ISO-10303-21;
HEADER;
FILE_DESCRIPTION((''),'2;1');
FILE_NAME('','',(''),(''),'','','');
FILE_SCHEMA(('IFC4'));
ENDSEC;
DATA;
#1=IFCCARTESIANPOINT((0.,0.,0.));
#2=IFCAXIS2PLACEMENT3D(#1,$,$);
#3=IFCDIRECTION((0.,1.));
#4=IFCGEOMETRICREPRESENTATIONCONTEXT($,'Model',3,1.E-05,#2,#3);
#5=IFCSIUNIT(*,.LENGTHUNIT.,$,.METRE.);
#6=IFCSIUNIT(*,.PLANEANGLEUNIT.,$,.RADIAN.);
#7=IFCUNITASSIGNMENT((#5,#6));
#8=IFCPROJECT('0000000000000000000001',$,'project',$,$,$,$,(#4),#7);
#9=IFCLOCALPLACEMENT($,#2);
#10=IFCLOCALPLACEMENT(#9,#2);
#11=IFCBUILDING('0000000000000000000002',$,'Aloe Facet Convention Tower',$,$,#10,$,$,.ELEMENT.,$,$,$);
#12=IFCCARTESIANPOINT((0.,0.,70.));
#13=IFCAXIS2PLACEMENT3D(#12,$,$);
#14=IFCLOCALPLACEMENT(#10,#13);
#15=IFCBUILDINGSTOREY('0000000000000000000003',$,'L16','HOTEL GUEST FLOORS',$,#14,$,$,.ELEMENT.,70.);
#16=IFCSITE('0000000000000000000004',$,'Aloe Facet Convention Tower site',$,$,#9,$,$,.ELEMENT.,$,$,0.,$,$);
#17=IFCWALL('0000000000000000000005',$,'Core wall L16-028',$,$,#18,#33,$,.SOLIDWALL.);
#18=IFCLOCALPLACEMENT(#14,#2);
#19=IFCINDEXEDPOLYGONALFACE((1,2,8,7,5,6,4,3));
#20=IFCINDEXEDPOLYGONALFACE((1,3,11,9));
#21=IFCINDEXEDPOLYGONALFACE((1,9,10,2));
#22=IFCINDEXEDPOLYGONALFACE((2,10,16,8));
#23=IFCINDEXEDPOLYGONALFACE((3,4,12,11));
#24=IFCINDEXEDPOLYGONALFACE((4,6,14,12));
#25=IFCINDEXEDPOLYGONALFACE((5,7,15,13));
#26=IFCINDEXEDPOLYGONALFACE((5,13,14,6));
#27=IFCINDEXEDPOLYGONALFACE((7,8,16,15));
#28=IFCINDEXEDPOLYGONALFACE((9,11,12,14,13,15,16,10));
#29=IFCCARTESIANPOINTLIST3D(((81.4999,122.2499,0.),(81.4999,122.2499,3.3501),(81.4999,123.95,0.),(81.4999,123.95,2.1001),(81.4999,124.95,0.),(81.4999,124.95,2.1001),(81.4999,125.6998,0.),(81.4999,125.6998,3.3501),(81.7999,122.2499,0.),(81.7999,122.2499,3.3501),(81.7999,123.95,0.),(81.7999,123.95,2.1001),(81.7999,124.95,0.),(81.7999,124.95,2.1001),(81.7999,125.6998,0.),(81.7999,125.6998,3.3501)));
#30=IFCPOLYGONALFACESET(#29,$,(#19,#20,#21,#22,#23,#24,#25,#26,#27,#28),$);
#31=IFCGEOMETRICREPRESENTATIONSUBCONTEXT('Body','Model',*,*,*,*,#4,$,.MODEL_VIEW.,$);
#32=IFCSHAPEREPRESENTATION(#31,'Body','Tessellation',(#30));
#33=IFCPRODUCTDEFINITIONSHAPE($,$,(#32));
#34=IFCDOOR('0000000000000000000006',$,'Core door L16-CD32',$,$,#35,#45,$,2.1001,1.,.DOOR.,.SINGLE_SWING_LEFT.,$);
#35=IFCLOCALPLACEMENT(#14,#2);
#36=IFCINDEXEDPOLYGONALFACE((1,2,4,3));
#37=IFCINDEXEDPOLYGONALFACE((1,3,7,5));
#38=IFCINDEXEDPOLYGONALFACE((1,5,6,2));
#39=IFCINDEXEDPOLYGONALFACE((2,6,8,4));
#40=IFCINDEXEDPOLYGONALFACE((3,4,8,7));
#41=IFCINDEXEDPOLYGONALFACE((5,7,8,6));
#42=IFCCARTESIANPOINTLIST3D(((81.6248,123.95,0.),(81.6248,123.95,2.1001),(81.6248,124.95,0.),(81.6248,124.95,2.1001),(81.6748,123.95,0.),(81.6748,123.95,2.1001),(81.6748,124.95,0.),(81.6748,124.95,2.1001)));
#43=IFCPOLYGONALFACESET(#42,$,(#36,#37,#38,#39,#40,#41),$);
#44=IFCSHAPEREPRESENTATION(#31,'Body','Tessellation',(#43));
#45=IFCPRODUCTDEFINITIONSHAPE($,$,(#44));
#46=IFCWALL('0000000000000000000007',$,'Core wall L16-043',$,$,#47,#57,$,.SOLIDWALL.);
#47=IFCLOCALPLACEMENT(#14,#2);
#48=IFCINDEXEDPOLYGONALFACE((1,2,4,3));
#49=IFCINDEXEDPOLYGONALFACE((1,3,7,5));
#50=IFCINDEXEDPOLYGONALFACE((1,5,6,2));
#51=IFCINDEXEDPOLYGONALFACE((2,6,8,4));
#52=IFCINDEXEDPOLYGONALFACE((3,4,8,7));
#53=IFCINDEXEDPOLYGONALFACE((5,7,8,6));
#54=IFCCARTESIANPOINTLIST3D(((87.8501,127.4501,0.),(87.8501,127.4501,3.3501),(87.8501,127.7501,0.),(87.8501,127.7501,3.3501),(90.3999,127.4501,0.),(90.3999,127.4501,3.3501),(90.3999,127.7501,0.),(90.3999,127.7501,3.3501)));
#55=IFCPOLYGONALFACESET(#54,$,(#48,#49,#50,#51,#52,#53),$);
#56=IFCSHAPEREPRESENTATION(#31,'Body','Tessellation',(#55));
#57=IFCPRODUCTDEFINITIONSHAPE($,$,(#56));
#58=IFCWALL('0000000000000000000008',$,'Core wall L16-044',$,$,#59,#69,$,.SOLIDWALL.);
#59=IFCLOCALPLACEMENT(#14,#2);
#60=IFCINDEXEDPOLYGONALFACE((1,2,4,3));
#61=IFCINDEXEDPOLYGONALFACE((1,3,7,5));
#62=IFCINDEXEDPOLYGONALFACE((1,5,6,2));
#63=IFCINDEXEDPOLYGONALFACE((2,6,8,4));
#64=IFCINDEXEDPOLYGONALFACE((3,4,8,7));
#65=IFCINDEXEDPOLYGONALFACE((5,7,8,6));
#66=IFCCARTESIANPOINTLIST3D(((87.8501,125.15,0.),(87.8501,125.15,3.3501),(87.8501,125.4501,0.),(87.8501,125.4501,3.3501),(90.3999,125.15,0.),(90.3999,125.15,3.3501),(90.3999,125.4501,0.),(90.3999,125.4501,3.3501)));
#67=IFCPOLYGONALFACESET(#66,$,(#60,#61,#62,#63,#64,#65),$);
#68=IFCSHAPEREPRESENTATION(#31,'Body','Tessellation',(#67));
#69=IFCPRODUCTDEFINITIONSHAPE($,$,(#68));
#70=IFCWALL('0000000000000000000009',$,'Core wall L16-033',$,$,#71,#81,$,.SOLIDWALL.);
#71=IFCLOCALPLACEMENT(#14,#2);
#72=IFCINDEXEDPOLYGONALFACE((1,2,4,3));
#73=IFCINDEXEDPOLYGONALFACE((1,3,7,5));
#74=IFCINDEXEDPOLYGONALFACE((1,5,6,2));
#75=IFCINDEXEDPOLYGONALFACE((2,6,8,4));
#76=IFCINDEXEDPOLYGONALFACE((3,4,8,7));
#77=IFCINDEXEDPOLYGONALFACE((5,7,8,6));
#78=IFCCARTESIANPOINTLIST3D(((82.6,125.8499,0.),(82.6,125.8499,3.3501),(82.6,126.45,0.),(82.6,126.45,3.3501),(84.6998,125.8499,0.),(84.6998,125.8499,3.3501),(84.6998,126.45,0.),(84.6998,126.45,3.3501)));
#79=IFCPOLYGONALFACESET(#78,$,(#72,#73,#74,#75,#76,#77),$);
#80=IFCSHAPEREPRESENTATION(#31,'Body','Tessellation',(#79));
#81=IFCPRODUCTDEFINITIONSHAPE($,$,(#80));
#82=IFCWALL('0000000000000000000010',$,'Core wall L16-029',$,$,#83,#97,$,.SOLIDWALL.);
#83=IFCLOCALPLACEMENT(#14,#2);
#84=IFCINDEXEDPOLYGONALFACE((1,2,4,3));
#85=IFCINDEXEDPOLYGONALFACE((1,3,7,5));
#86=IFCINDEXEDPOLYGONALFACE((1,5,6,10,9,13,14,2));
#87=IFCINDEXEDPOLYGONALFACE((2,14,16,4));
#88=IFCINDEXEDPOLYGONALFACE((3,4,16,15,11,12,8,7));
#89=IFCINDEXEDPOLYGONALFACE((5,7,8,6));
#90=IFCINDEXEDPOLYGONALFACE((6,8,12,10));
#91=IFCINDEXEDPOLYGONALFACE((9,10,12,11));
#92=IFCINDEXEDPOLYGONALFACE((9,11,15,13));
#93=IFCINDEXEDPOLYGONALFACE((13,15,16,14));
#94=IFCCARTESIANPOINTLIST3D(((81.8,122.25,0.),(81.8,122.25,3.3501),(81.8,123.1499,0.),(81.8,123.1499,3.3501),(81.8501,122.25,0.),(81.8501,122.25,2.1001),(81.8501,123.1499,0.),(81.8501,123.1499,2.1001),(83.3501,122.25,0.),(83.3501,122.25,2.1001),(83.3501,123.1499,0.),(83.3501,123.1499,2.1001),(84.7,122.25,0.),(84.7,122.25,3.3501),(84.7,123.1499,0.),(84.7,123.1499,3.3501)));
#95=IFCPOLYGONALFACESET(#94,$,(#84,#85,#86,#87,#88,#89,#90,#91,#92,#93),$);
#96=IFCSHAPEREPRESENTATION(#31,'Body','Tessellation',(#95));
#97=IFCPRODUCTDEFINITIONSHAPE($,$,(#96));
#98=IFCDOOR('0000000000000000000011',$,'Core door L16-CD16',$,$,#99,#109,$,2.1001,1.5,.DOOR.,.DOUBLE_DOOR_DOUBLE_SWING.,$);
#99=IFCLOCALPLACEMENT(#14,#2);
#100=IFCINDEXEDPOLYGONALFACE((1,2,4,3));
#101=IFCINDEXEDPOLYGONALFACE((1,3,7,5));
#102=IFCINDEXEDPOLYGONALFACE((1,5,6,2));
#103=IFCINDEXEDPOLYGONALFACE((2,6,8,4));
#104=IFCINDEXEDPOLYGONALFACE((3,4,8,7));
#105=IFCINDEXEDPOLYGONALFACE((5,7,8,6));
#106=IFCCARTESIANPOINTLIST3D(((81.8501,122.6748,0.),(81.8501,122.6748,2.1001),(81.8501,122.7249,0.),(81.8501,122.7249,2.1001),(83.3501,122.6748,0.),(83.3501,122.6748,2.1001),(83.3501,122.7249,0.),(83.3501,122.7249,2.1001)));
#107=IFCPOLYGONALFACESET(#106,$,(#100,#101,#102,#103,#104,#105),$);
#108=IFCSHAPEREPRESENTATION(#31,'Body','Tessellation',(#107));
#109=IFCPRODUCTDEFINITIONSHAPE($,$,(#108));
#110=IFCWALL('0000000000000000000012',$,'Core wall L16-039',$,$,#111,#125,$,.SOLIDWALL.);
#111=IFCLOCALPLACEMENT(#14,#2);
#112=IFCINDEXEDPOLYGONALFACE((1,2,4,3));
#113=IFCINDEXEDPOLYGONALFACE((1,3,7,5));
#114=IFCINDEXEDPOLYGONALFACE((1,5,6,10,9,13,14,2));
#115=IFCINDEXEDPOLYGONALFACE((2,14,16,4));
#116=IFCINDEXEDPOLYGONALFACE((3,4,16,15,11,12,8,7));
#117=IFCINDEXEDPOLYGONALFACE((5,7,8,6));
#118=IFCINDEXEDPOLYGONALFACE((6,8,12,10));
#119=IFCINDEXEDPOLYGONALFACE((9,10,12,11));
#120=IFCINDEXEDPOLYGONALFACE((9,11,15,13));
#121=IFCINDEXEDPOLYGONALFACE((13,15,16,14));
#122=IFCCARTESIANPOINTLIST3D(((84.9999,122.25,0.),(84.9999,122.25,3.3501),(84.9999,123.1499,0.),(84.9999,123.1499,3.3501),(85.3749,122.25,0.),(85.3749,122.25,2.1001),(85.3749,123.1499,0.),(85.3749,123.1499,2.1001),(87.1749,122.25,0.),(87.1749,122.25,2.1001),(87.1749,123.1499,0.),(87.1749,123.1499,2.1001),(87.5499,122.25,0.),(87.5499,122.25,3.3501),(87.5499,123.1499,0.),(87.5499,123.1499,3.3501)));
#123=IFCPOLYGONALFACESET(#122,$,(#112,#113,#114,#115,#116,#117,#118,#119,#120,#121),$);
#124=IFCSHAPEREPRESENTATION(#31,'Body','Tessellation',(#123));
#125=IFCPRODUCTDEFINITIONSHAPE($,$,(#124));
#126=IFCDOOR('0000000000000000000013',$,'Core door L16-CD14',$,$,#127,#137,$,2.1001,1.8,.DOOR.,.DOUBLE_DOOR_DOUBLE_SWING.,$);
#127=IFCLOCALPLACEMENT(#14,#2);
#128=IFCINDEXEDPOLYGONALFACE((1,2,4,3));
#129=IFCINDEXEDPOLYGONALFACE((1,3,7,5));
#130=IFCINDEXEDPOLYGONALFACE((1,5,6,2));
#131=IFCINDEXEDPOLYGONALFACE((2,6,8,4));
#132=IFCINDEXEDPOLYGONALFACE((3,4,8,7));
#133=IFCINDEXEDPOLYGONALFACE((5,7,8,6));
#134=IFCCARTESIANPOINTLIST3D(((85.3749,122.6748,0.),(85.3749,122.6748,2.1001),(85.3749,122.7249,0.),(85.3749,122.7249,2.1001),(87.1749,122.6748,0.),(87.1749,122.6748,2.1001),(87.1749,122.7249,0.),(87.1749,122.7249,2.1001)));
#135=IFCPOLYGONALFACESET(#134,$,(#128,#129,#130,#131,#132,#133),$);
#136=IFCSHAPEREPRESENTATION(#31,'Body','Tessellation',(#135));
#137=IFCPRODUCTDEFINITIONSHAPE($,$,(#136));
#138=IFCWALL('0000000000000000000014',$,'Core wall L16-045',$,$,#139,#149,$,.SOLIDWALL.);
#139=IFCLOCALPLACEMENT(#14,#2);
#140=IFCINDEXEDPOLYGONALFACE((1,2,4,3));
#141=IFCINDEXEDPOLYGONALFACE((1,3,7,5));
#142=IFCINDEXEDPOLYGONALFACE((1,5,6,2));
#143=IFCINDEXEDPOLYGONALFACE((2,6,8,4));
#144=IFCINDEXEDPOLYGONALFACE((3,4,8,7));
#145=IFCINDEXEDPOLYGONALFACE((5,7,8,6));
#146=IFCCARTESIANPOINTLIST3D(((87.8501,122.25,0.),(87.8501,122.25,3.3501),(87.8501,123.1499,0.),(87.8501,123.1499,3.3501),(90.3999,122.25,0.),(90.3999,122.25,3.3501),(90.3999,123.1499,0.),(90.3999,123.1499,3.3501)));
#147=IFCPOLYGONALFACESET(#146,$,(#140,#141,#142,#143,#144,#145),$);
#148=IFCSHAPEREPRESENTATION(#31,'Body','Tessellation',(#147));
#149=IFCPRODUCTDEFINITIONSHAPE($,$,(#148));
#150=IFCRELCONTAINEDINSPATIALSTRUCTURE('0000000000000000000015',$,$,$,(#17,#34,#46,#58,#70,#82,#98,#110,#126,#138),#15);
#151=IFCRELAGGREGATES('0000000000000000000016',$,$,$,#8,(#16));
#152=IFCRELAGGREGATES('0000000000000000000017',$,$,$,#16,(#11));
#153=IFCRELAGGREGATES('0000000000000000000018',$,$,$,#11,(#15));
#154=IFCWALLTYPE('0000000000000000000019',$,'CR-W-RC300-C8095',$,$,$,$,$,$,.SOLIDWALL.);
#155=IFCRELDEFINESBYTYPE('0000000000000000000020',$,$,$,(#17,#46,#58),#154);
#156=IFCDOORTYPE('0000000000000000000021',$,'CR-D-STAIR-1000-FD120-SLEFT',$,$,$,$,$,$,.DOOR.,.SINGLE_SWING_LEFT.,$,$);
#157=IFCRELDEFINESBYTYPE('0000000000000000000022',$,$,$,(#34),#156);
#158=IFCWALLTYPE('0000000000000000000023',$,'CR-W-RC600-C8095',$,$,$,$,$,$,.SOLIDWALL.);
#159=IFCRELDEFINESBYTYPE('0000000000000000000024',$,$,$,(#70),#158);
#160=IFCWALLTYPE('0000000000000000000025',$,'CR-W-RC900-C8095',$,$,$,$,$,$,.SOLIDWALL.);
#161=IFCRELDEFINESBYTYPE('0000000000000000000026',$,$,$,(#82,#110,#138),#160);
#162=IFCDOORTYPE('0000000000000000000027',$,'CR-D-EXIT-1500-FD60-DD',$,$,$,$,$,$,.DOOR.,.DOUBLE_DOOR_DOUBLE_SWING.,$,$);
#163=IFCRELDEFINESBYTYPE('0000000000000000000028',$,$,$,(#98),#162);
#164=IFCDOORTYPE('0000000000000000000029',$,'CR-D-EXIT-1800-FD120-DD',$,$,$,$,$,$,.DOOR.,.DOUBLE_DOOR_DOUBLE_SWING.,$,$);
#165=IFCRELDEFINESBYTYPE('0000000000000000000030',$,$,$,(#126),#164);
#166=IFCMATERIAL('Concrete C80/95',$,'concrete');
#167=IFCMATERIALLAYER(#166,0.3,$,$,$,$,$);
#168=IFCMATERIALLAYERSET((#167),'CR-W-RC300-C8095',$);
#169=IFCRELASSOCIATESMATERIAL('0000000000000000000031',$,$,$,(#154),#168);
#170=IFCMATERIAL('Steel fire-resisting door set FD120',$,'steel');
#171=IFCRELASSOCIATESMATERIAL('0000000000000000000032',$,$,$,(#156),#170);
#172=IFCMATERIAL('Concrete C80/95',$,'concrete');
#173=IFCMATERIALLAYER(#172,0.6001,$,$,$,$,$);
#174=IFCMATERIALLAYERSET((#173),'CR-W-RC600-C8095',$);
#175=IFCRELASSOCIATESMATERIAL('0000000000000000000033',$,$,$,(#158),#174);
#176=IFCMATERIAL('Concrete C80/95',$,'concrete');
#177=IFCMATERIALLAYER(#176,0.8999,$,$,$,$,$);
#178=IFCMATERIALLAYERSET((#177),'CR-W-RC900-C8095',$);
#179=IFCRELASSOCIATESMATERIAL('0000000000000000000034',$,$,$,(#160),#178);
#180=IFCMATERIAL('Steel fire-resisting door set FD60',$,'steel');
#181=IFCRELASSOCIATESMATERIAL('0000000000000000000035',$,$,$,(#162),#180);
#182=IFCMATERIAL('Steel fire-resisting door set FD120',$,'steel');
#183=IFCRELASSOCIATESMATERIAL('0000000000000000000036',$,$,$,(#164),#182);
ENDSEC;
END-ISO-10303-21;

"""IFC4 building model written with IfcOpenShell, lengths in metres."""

from ifc_helpers import new_model, si_unit, direction, frame, frame_2d, origin, place, context, subcontext, project, spatial, rectangle, extrude, material, layer, layer_set, type_object, element, fill, save


model = new_model("IFC4")

# Units and contexts
model_context = context("Model", 3, precision=1e-05, world=origin(), true_north=direction((0.0, 1.0)))
body_context = subcontext(model_context, "Body", "Model", "MODEL_VIEW")
ifc_project = project(units=[si_unit("LENGTHUNIT", "METRE"), si_unit("PLANEANGLEUNIT", "RADIAN")], contexts=[model_context])

# Site, building, storey
site_placement = place(None, origin())
site = spatial("IfcSite", under=ifc_project, at=site_placement, Name="Aloe Facet Convention Tower site", CompositionType="ELEMENT", RefElevation=0.0)
building_placement = place(site_placement, origin())
building = spatial("IfcBuilding", under=site, at=building_placement, Name="Aloe Facet Convention Tower", CompositionType="ELEMENT")
storey_placement = place(building_placement, frame((0.0, 0.0, 70.0)))
storey = spatial("IfcBuildingStorey", under=building, at=storey_placement, Name="L16", Description="HOTEL GUEST FLOORS", CompositionType="ELEMENT", Elevation=70.0)

# Wall, opening, door
ifc_material_1 = material(Name="Concrete C80/95", Category="concrete")
ifc_layer_1 = layer(ifc_material_1, 0.3)
ifc_layer_set_1 = layer_set([ifc_layer_1], Name="CR-W-RC300-C8095")
wall_type_1 = type_object("IfcWallType", Name="CR-W-RC300-C8095", PredefinedType="SOLIDWALL", material=ifc_layer_set_1)
wall_1_placement = place(storey_placement, frame((81.6499, 125.7, 0.0), z_axis=(0.0, 0.0, 1.0), x_axis=(0.0, -1.0, 0.0)))
wall_1 = element("IfcWall", 1, at=wall_1_placement, inside=storey, type_object=wall_type_1, Name="Core wall L16-028", PredefinedType="SOLIDWALL", context=body_context, shape_type="SweptSolid", body=[
    extrude(rectangle(XDim=3.45, YDim=0.3, at=frame_2d((1.7251, 0.0))), origin(), (0.0, 0.0, 1.0), 3.3501),
])
opening_1_placement = place(wall_1_placement, frame((0.75, 0.0, 0.0)))
opening_1 = element("IfcOpeningElement", 2, at=opening_1_placement, cuts=wall_1, PredefinedType="OPENING", context=body_context, shape_type="SweptSolid", body=[
    extrude(rectangle(XDim=1.0, YDim=2.1001, at=frame_2d((0.5, 1.05))), frame((0.0, 0.1602, 0.0), z_axis=(0.0, -1.0, 0.0), x_axis=(1.0, 0.0, 0.0)), (0.0, 0.0, 1.0), 0.3201),
])
ifc_material_2 = material(Name="Steel fire-resisting door set FD120", Category="steel")
door_type_1 = type_object("IfcDoorType", Name="CR-D-STAIR-1000-FD120-SLEFT", OperationType="SINGLE_SWING_LEFT", PredefinedType="DOOR", material=ifc_material_2)
door_1_placement = place(opening_1_placement, origin())
door_1 = element("IfcDoor", 3, at=door_1_placement, inside=storey, type_object=door_type_1, Name="Core door L16-CD32", OperationType="SINGLE_SWING_LEFT", OverallHeight=2.1001, OverallWidth=1.0, PredefinedType="DOOR", context=body_context, shape_type="SweptSolid", body=[
    extrude(rectangle(XDim=1.0, YDim=2.1001, at=frame_2d((0.5, 1.05))), frame((0.0, 0.0249, 0.0), z_axis=(0.0, -1.0, 0.0), x_axis=(1.0, 0.0, 0.0)), (0.0, 0.0, 1.0), 0.05),
])
fill(opening_1, door_1)

# Walls
for number, where, z_axis, x_axis, name in (
    (4, (87.8501, 127.6001, 0.0), (0.0, 0.0, 1.0), (1.0, 0.0, 0.0), "Core wall L16-043"),
    (5, (87.8501, 125.3, 0.0), (0.0, 0.0, 1.0), (1.0, 0.0, 0.0), "Core wall L16-044"),
):
    element("IfcWall", number, at=place(storey_placement, frame(where, z_axis=z_axis, x_axis=x_axis)), inside=storey, type_object=wall_type_1, Name=name, PredefinedType="SOLIDWALL", context=body_context, shape_type="SweptSolid", body=[
        extrude(rectangle(XDim=2.5498, YDim=0.3, at=frame_2d((1.2749, 0.0))), origin(), (0.0, 0.0, 1.0), 3.3501),
    ])
ifc_material_3 = material(Name="Concrete C80/95", Category="concrete")
ifc_layer_2 = layer(ifc_material_3, 0.6001)
ifc_layer_set_2 = layer_set([ifc_layer_2], Name="CR-W-RC600-C8095")
wall_type_2 = type_object("IfcWallType", Name="CR-W-RC600-C8095", PredefinedType="SOLIDWALL", material=ifc_layer_set_2)
wall_2_placement = place(storey_placement, frame((82.6001, 126.1499, 0.0), z_axis=(0.0, 0.0, 1.0), x_axis=(1.0, 0.0, 0.0)))
element("IfcWall", 6, at=wall_2_placement, inside=storey, type_object=wall_type_2, Name="Core wall L16-033", PredefinedType="SOLIDWALL", context=body_context, shape_type="SweptSolid", body=[
    extrude(rectangle(XDim=2.0999, YDim=0.6001, at=frame_2d((1.0498, 0.0))), origin(), (0.0, 0.0, 1.0), 3.3501),
])

# Walls, openings, doors
ifc_material_4 = material(Name="Concrete C80/95", Category="concrete")
ifc_layer_3 = layer(ifc_material_4, 0.8999)
ifc_layer_set_3 = layer_set([ifc_layer_3], Name="CR-W-RC900-C8095")
wall_type_3 = type_object("IfcWallType", Name="CR-W-RC900-C8095", PredefinedType="SOLIDWALL", material=ifc_layer_set_3)
wall_3_placement = place(storey_placement, frame((81.8, 122.7, 0.0), z_axis=(0.0, 0.0, 1.0), x_axis=(1.0, 0.0, 0.0)))
wall_3 = element("IfcWall", 7, at=wall_3_placement, inside=storey, type_object=wall_type_3, Name="Core wall L16-029", PredefinedType="SOLIDWALL", context=body_context, shape_type="SweptSolid", body=[
    extrude(rectangle(XDim=2.8999, YDim=0.8999, at=frame_2d((1.45, 0.0))), origin(), (0.0, 0.0, 1.0), 3.3501),
])
opening_2_placement = place(wall_3_placement, frame((0.05, 0.0, 0.0)))
opening_2 = element("IfcOpeningElement", 8, at=opening_2_placement, cuts=wall_3, PredefinedType="OPENING", context=body_context, shape_type="SweptSolid", body=[
    extrude(rectangle(XDim=1.5, YDim=2.1001, at=frame_2d((0.75, 1.05))), frame((0.0, 0.46, 0.0), z_axis=(0.0, -1.0, 0.0), x_axis=(1.0, 0.0, 0.0)), (0.0, 0.0, 1.0), 0.9199),
])
ifc_material_5 = material(Name="Steel fire-resisting door set FD60", Category="steel")
door_type_2 = type_object("IfcDoorType", Name="CR-D-EXIT-1500-FD60-DD", OperationType="DOUBLE_DOOR_DOUBLE_SWING", PredefinedType="DOOR", material=ifc_material_5)
door_2_placement = place(opening_2_placement, origin())
door_2 = element("IfcDoor", 9, at=door_2_placement, inside=storey, type_object=door_type_2, Name="Core door L16-CD16", OperationType="DOUBLE_DOOR_DOUBLE_SWING", OverallHeight=2.1001, OverallWidth=1.5, PredefinedType="DOOR", context=body_context, shape_type="SweptSolid", body=[
    extrude(rectangle(XDim=1.5, YDim=2.1001, at=frame_2d((0.75, 1.05))), frame((0.0, 0.0249, 0.0), z_axis=(0.0, -1.0, 0.0), x_axis=(1.0, 0.0, 0.0)), (0.0, 0.0, 1.0), 0.05),
])
fill(opening_2, door_2)
wall_4_placement = place(storey_placement, frame((85.0, 122.7, 0.0), z_axis=(0.0, 0.0, 1.0), x_axis=(1.0, 0.0, 0.0)))
wall_4 = element("IfcWall", 10, at=wall_4_placement, inside=storey, type_object=wall_type_3, Name="Core wall L16-039", PredefinedType="SOLIDWALL", context=body_context, shape_type="SweptSolid", body=[
    extrude(rectangle(XDim=2.55, YDim=0.8999, at=frame_2d((1.2749, 0.0))), origin(), (0.0, 0.0, 1.0), 3.3501),
])
opening_3_placement = place(wall_4_placement, frame((0.375, 0.0, 0.0)))
opening_3 = element("IfcOpeningElement", 11, at=opening_3_placement, cuts=wall_4, PredefinedType="OPENING", context=body_context, shape_type="SweptSolid", body=[
    extrude(rectangle(XDim=1.8, YDim=2.1001, at=frame_2d((0.8999, 1.05))), frame((0.0, 0.46, 0.0), z_axis=(0.0, -1.0, 0.0), x_axis=(1.0, 0.0, 0.0)), (0.0, 0.0, 1.0), 0.9199),
])
ifc_material_6 = material(Name="Steel fire-resisting door set FD120", Category="steel")
door_type_3 = type_object("IfcDoorType", Name="CR-D-EXIT-1800-FD120-DD", OperationType="DOUBLE_DOOR_DOUBLE_SWING", PredefinedType="DOOR", material=ifc_material_6)
door_3_placement = place(opening_3_placement, origin())
door_3 = element("IfcDoor", 12, at=door_3_placement, inside=storey, type_object=door_type_3, Name="Core door L16-CD14", OperationType="DOUBLE_DOOR_DOUBLE_SWING", OverallHeight=2.1001, OverallWidth=1.8, PredefinedType="DOOR", context=body_context, shape_type="SweptSolid", body=[
    extrude(rectangle(XDim=1.8, YDim=2.1001, at=frame_2d((0.8999, 1.05))), frame((0.0, 0.0249, 0.0), z_axis=(0.0, -1.0, 0.0), x_axis=(1.0, 0.0, 0.0)), (0.0, 0.0, 1.0), 0.05),
])
fill(opening_3, door_3)

# Wall
wall_5_placement = place(storey_placement, frame((87.8501, 122.7, 0.0), z_axis=(0.0, 0.0, 1.0), x_axis=(1.0, 0.0, 0.0)))
element("IfcWall", 13, at=wall_5_placement, inside=storey, type_object=wall_type_3, Name="Core wall L16-045", PredefinedType="SOLIDWALL", context=body_context, shape_type="SweptSolid", body=[
    extrude(rectangle(XDim=2.5498, YDim=0.8999, at=frame_2d((1.2749, 0.0))), origin(), (0.0, 0.0, 1.0), 3.3501),
])

save(model, "model.ifc")
